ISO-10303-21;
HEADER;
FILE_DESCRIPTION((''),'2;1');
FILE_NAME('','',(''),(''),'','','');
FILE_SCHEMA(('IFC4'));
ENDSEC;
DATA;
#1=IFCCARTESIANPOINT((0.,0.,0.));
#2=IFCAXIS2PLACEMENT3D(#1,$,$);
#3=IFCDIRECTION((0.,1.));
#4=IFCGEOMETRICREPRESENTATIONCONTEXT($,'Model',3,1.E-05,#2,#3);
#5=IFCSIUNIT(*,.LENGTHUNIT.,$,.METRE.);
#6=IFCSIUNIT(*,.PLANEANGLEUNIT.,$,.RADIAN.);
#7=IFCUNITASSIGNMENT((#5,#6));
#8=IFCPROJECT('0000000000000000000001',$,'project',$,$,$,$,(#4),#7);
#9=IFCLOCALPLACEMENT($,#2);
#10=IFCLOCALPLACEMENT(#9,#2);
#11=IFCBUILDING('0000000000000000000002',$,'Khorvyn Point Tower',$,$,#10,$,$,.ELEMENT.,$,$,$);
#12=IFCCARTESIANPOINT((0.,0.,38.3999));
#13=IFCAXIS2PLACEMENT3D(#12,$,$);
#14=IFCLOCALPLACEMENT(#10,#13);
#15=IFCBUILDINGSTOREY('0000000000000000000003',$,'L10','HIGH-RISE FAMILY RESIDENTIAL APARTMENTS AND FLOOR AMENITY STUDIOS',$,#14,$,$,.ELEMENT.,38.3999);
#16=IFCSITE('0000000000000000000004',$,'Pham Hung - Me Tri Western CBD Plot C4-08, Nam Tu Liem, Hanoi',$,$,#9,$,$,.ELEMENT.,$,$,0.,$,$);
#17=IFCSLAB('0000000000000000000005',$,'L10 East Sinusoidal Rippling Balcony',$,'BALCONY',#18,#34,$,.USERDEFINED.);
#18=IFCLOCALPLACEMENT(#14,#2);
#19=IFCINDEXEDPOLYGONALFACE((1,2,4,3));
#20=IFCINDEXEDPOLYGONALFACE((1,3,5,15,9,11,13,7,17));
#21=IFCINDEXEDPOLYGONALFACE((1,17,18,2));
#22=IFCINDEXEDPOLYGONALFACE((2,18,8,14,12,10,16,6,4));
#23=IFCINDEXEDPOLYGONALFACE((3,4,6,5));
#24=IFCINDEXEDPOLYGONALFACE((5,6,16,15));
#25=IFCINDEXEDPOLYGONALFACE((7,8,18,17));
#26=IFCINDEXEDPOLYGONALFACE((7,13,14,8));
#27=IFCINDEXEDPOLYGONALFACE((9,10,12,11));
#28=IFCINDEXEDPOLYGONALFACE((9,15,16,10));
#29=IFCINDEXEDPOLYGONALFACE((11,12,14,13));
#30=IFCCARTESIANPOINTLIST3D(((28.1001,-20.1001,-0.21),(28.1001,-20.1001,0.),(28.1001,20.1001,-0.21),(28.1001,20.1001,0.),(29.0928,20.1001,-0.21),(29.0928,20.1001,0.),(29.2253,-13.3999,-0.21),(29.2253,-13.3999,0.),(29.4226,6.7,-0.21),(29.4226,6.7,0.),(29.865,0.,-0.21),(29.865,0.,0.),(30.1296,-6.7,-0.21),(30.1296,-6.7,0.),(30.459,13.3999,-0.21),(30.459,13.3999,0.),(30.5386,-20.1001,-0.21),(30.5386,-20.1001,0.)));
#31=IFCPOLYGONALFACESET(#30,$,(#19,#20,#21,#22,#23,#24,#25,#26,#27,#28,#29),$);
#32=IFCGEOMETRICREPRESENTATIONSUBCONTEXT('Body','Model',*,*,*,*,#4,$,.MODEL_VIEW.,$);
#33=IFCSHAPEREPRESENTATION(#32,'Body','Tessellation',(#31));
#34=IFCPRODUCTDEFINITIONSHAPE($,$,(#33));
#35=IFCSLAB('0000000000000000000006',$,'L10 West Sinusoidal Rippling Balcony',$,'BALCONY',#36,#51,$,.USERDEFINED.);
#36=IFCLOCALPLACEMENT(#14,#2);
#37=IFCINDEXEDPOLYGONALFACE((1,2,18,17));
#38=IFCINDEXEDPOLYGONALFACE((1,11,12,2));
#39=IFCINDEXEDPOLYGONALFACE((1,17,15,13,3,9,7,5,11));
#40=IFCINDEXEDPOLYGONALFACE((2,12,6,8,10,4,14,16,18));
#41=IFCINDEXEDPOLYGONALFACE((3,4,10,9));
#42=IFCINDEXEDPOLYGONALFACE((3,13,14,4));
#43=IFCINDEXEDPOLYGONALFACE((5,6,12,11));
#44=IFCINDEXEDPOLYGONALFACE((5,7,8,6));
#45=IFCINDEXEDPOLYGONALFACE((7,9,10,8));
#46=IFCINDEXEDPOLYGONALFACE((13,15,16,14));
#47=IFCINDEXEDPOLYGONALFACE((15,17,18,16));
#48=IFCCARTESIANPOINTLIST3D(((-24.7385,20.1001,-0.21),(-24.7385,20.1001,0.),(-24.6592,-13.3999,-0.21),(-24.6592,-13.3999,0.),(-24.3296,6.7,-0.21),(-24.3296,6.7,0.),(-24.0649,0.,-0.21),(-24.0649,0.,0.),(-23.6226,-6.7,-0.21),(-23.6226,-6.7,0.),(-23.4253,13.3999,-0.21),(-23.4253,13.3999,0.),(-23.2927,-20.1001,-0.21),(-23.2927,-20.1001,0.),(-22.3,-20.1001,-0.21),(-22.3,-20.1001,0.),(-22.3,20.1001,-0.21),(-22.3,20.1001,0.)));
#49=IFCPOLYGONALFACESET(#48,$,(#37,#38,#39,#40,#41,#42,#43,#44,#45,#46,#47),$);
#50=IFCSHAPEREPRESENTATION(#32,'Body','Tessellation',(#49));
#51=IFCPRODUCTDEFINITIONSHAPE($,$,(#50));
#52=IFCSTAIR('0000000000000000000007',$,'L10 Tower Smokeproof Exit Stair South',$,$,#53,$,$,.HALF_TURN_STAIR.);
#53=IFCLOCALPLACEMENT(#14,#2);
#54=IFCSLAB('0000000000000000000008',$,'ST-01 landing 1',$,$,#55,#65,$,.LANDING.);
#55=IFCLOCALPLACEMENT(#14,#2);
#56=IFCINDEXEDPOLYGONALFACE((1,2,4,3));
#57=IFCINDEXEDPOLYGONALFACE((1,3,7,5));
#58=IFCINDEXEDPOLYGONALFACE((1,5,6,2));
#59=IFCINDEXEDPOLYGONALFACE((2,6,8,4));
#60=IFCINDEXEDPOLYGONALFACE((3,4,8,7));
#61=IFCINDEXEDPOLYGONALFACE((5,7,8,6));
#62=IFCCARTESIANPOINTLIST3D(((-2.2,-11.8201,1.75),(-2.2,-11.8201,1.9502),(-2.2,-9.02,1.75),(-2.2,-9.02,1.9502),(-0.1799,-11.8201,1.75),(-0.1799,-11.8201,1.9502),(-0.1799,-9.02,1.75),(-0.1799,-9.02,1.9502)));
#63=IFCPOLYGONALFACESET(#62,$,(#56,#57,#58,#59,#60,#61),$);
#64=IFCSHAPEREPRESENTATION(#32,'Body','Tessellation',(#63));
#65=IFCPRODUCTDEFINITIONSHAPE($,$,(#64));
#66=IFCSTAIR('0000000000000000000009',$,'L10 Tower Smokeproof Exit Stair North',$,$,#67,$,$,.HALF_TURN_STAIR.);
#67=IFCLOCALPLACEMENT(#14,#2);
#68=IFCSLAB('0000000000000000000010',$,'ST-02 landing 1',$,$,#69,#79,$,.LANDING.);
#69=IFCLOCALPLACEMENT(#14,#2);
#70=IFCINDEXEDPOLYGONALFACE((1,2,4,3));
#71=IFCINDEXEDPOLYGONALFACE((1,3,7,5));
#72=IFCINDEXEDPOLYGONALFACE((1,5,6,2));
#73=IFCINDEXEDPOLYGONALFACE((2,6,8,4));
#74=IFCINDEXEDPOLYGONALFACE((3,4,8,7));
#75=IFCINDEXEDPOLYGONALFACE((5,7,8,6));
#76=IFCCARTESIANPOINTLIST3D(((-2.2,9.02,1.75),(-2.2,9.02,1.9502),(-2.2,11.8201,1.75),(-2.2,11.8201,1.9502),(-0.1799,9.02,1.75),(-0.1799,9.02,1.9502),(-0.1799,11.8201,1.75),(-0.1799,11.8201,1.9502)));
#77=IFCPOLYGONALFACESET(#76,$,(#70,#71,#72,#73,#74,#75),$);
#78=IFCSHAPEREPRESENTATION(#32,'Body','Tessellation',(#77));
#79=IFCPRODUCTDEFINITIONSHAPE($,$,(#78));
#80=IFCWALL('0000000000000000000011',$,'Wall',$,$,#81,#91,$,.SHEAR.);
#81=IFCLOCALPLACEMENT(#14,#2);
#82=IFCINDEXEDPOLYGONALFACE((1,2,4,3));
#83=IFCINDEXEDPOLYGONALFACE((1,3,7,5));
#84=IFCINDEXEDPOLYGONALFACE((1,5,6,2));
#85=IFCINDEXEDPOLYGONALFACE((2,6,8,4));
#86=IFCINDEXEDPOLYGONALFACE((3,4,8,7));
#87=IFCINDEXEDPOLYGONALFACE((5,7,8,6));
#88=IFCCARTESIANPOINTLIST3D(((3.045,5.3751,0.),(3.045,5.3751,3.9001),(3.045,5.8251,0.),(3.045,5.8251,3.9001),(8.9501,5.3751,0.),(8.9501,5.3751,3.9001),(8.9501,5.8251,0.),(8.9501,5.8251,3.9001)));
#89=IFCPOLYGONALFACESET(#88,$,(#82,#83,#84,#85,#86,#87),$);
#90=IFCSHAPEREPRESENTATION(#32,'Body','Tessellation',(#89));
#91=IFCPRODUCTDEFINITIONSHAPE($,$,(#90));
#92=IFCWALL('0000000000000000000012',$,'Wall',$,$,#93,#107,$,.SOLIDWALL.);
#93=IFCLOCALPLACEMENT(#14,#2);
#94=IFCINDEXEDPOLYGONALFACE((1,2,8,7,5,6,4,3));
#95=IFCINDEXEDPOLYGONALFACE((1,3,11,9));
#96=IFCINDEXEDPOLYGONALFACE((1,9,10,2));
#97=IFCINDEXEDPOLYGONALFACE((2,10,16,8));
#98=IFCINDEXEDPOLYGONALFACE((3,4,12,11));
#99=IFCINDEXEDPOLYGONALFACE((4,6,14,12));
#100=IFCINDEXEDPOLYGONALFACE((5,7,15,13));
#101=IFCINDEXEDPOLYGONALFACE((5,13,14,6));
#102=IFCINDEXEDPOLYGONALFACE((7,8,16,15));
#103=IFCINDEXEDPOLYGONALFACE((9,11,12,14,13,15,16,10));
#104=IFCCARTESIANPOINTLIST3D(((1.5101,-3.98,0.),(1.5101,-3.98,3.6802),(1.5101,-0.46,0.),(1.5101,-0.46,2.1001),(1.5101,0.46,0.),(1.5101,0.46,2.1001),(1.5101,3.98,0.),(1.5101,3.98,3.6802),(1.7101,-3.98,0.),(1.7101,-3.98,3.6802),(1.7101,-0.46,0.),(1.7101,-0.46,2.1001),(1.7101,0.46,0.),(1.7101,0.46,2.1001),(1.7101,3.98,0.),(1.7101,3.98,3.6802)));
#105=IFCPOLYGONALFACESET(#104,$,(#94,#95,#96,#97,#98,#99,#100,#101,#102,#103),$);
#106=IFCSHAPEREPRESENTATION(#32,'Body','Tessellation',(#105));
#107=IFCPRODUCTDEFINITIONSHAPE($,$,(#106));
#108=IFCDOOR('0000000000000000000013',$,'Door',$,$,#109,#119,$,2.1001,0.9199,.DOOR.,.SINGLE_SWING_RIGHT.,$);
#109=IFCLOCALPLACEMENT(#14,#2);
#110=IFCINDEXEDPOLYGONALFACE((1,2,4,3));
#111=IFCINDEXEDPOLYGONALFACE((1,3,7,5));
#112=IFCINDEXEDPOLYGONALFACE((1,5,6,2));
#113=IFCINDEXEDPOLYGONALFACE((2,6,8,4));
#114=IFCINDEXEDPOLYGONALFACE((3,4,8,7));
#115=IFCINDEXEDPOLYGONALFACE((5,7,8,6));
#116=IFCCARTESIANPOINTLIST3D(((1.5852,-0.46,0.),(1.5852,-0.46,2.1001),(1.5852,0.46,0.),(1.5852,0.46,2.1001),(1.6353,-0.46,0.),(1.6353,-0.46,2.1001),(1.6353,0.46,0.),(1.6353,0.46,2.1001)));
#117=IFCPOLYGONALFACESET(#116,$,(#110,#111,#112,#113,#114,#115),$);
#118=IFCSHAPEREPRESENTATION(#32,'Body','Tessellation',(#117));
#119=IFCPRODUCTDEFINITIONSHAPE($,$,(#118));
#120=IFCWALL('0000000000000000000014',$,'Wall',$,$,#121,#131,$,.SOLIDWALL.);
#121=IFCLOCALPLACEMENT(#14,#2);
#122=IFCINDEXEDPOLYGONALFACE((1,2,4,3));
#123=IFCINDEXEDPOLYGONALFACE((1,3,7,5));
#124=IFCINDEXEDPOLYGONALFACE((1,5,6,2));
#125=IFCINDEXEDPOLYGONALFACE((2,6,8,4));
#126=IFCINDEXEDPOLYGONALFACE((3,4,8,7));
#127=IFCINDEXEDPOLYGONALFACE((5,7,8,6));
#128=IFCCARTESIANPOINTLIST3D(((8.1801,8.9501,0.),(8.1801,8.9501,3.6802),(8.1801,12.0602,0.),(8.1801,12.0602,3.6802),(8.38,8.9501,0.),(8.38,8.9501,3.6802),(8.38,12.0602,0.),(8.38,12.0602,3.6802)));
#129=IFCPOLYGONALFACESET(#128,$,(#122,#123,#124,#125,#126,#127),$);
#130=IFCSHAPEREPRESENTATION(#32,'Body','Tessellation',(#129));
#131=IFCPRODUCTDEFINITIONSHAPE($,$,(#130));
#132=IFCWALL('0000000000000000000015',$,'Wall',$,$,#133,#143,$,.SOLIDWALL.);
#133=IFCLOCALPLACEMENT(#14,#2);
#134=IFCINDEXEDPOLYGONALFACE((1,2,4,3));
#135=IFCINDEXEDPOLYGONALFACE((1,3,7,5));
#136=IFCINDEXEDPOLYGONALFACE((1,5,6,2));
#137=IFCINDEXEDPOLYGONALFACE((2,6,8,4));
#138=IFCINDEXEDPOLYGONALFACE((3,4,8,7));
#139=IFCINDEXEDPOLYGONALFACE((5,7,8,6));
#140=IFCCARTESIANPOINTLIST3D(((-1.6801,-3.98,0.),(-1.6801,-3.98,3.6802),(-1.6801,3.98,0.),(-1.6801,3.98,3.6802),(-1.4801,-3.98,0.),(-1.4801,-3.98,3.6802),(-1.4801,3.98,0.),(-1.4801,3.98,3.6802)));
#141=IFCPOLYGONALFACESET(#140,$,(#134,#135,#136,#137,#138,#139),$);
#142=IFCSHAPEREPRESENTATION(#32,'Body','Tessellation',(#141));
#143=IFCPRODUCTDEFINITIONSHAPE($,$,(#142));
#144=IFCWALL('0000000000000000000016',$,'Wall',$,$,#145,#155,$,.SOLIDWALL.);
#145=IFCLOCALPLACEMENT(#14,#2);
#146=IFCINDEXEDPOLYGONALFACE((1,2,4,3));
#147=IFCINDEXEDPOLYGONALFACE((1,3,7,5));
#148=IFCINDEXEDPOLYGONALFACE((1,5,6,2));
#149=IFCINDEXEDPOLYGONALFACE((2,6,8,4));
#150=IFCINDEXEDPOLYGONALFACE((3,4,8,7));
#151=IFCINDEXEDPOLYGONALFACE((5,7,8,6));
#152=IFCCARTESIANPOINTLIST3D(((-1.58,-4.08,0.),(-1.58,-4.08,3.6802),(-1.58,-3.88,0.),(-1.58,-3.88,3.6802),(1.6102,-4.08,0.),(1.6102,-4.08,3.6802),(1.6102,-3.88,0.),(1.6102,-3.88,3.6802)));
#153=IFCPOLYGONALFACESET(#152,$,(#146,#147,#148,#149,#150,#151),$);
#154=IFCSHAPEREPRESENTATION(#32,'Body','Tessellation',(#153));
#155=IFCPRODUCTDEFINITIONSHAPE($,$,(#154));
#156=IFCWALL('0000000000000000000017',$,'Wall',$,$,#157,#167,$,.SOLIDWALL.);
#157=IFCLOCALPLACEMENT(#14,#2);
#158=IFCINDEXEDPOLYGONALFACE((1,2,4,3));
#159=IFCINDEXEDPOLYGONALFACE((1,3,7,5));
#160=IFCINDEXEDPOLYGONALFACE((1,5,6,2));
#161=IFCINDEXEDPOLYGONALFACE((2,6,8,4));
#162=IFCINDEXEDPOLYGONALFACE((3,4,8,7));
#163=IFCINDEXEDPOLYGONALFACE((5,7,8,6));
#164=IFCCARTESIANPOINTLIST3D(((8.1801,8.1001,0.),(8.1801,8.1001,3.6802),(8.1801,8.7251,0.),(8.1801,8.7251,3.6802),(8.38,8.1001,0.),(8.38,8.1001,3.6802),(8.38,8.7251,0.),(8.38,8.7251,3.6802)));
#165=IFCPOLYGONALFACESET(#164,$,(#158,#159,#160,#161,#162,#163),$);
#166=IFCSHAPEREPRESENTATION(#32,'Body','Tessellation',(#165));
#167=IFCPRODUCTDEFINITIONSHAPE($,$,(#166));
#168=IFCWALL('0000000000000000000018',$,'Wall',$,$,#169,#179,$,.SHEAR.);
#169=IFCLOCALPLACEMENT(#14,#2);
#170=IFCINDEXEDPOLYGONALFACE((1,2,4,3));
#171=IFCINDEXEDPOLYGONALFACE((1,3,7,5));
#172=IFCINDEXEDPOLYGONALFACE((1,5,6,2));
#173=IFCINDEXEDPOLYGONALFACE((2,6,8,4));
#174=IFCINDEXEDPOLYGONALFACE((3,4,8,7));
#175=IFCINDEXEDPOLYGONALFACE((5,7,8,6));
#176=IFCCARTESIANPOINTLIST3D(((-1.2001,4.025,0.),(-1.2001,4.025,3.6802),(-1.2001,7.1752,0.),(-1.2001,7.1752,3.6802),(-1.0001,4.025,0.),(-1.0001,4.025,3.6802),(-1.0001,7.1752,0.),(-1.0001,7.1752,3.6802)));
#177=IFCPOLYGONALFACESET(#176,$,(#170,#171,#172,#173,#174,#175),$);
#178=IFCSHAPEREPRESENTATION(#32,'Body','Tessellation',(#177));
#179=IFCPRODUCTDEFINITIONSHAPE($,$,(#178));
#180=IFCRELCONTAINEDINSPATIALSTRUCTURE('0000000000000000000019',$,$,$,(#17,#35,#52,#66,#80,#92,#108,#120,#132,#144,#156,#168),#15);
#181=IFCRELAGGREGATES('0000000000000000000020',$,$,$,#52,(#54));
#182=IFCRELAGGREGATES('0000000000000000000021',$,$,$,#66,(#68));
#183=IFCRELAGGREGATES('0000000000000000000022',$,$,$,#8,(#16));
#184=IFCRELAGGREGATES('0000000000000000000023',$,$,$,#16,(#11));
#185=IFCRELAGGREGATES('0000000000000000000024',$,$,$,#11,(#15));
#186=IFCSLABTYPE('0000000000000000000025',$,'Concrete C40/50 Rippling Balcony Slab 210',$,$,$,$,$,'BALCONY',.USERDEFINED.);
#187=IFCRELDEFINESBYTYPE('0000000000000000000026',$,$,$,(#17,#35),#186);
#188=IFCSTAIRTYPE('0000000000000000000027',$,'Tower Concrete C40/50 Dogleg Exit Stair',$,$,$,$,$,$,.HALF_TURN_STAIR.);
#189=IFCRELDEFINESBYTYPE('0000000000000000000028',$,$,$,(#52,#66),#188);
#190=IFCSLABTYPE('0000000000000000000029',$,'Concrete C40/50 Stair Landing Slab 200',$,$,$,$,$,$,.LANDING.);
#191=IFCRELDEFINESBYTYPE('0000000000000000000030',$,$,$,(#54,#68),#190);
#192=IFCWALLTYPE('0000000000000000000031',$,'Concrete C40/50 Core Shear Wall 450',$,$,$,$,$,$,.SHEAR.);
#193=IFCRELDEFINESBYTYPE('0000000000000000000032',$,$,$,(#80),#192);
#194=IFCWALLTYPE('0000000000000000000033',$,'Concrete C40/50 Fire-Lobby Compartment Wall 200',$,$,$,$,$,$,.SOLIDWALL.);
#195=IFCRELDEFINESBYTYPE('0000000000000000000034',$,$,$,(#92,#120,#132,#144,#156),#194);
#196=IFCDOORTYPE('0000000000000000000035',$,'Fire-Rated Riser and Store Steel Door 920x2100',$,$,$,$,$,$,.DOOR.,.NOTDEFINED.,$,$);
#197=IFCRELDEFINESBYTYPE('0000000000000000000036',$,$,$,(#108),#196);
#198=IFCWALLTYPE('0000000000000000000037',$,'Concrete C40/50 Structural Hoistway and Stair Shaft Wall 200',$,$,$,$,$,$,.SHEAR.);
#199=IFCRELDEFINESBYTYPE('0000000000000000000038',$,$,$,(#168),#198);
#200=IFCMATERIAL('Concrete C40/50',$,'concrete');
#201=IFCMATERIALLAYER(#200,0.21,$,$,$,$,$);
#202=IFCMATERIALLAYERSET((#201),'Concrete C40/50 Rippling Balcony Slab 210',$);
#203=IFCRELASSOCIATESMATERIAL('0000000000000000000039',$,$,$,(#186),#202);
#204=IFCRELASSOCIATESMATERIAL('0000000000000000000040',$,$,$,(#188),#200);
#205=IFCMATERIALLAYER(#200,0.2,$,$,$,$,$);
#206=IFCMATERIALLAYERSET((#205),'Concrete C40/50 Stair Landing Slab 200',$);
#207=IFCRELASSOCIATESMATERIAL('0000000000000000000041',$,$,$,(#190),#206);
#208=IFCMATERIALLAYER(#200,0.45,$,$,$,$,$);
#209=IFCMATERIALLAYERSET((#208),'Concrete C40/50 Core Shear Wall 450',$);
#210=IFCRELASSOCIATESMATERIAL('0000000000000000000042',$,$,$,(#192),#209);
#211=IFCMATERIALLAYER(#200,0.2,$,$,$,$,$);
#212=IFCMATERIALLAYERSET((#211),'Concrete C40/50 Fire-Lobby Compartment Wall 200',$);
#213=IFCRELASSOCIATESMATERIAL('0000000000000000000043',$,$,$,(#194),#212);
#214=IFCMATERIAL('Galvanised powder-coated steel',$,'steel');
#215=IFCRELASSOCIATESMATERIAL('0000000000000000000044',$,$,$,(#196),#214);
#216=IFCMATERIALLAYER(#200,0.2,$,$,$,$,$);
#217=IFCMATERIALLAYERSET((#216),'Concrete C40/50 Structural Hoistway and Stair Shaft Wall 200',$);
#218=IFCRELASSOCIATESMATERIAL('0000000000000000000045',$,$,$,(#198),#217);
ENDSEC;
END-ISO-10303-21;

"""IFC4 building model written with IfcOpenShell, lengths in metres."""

from ifc_helpers import new_model, si_unit, direction, frame, frame_2d, origin, place, context, subcontext, project, spatial, polyline, rectangle, outline, extrude, material, layer, layer_set, type_object, element, fill, aggregate, save


model = new_model("IFC4")

# Units and contexts
model_context = context("Model", 3, precision=1e-05, world=origin(), true_north=direction((0.0, 1.0)))
body_context = subcontext(model_context, "Body", "Model", "MODEL_VIEW")
ifc_project = project(units=[si_unit("LENGTHUNIT", "METRE"), si_unit("PLANEANGLEUNIT", "RADIAN")], contexts=[model_context])

# Site, building, storey
site_placement = place(None, origin())
site = spatial("IfcSite", under=ifc_project, at=site_placement, Name="Pham Hung - Me Tri Western CBD Plot C4-08, Nam Tu Liem, Hanoi", CompositionType="ELEMENT", RefElevation=0.0)
building_placement = place(site_placement, origin())
building = spatial("IfcBuilding", under=site, at=building_placement, Name="Khorvyn Point Tower", CompositionType="ELEMENT")
storey_placement = place(building_placement, frame((0.0, 0.0, 38.3999)))
storey = spatial("IfcBuildingStorey", under=building, at=storey_placement, Name="L10", Description="HIGH-RISE FAMILY RESIDENTIAL APARTMENTS AND FLOOR AMENITY STUDIOS", CompositionType="ELEMENT", Elevation=38.3999)

# Shared definitions
ifc_material_1 = material(Name="Concrete C40/50", Category="concrete")

# Slabs
ifc_layer_1 = layer(ifc_material_1, 0.21)
ifc_layer_set_1 = layer_set([ifc_layer_1], Name="Concrete C40/50 Rippling Balcony Slab 210")
slab_type_1 = type_object("IfcSlabType", Name="Concrete C40/50 Rippling Balcony Slab 210", ElementType="BALCONY", PredefinedType="USERDEFINED", material=ifc_layer_set_1)
slab_1_placement = place(storey_placement, frame((0.0, 0.0, -0.21)))
element("IfcSlab", 1, at=slab_1_placement, inside=storey, type_object=slab_type_1, Name="L10 East Sinusoidal Rippling Balcony", ObjectType="BALCONY", PredefinedType="USERDEFINED", context=body_context, shape_type="SweptSolid", body=[
    extrude(outline(polyline([(28.1001, -20.1001), (30.5386, -20.1001), (29.2253, -13.3999), (30.1296, -6.7), (29.865, 0.0), (29.4226, 6.7), (30.459, 13.3999), (29.0928, 20.1001), (28.1001, 20.1001), (28.1001, -20.1001)])), origin(), (0.0, 0.0, 1.0), 0.21),
])
slab_2_placement = place(storey_placement, frame((0.0, 0.0, -0.21)))
element("IfcSlab", 2, at=slab_2_placement, inside=storey, type_object=slab_type_1, Name="L10 West Sinusoidal Rippling Balcony", ObjectType="BALCONY", PredefinedType="USERDEFINED", context=body_context, shape_type="SweptSolid", body=[
    extrude(outline(polyline([(-22.3, 20.1001), (-24.7385, 20.1001), (-23.4253, 13.3999), (-24.3296, 6.7), (-24.0649, 0.0), (-23.6226, -6.7), (-24.6592, -13.3999), (-23.2927, -20.1001), (-22.3, -20.1001), (-22.3, 20.1001)])), origin(), (0.0, 0.0, 1.0), 0.21),
])

# Stairs, slabs
stair_type = type_object("IfcStairType", Name="Tower Concrete C40/50 Dogleg Exit Stair", PredefinedType="HALF_TURN_STAIR", material=ifc_material_1)
stair_1_placement = place(storey_placement, origin())
stair_1 = element("IfcStair", 3, at=stair_1_placement, inside=storey, type_object=stair_type, Name="L10 Tower Smokeproof Exit Stair South", PredefinedType="HALF_TURN_STAIR")
ifc_layer_2 = layer(ifc_material_1, 0.2)
ifc_layer_set_2 = layer_set([ifc_layer_2], Name="Concrete C40/50 Stair Landing Slab 200")
slab_type_2 = type_object("IfcSlabType", Name="Concrete C40/50 Stair Landing Slab 200", PredefinedType="LANDING", material=ifc_layer_set_2)
slab_3_placement = place(storey_placement, frame((0.0, 0.0, 1.75)))
slab_3 = element("IfcSlab", 4, at=slab_3_placement, type_object=slab_type_2, Name="ST-01 landing 1", PredefinedType="LANDING", context=body_context, shape_type="SweptSolid", body=[
    extrude(outline(polyline([(-0.1799, -9.02), (-2.2, -9.02), (-2.2, -11.8201), (-0.1799, -11.8201), (-0.1799, -9.02)])), origin(), (0.0, 0.0, 1.0), 0.2002),
])
aggregate(stair_1, [slab_3])
stair_2_placement = place(storey_placement, origin())
stair_2 = element("IfcStair", 5, at=stair_2_placement, inside=storey, type_object=stair_type, Name="L10 Tower Smokeproof Exit Stair North", PredefinedType="HALF_TURN_STAIR")
slab_4_placement = place(storey_placement, frame((0.0, 0.0, 1.75)))
slab_4 = element("IfcSlab", 6, at=slab_4_placement, type_object=slab_type_2, Name="ST-02 landing 1", PredefinedType="LANDING", context=body_context, shape_type="SweptSolid", body=[
    extrude(outline(polyline([(-0.1799, 11.8201), (-2.2, 11.8201), (-2.2, 9.02), (-0.1799, 9.02), (-0.1799, 11.8201)])), origin(), (0.0, 0.0, 1.0), 0.2002),
])

# Wall
ifc_layer_3 = layer(ifc_material_1, 0.45)
ifc_layer_set_3 = layer_set([ifc_layer_3], Name="Concrete C40/50 Core Shear Wall 450")
wall_type_1 = type_object("IfcWallType", Name="Concrete C40/50 Core Shear Wall 450", PredefinedType="SHEAR", material=ifc_layer_set_3)
wall_1_placement = place(storey_placement, frame((3.0449, 5.6001, 0.0), z_axis=(0.0, 0.0, 1.0), x_axis=(1.0, 0.0, 0.0)))
element("IfcWall", 7, at=wall_1_placement, inside=storey, type_object=wall_type_1, Name="Wall", PredefinedType="SHEAR", context=body_context, shape_type="SweptSolid", body=[
    extrude(rectangle(XDim=5.905, YDim=0.45, at=frame_2d((2.9526, 0.0))), origin(), (0.0, 0.0, 1.0), 3.9001),
])

# Wall, opening, door
ifc_layer_4 = layer(ifc_material_1, 0.2)
ifc_layer_set_4 = layer_set([ifc_layer_4], Name="Concrete C40/50 Fire-Lobby Compartment Wall 200")
wall_type_2 = type_object("IfcWallType", Name="Concrete C40/50 Fire-Lobby Compartment Wall 200", PredefinedType="SOLIDWALL", material=ifc_layer_set_4)
wall_2_placement = place(storey_placement, frame((1.6101, -3.98, 0.0), z_axis=(0.0, 0.0, 1.0), x_axis=(0.0, 1.0, 0.0)))
wall_2 = element("IfcWall", 8, at=wall_2_placement, inside=storey, type_object=wall_type_2, Name="Wall", PredefinedType="SOLIDWALL", context=body_context, shape_type="SweptSolid", body=[
    extrude(rectangle(XDim=7.96, YDim=0.2, at=frame_2d((3.98, 0.0))), origin(), (0.0, 0.0, 1.0), 3.6802),
])
opening_1_placement = place(wall_2_placement, frame((3.52, 0.0, 0.0)))
opening_1 = element("IfcOpeningElement", 9, at=opening_1_placement, cuts=wall_2, PredefinedType="OPENING", context=body_context, shape_type="SweptSolid", body=[
    extrude(rectangle(XDim=0.9199, YDim=2.1001, at=frame_2d((0.46, 1.05))), frame((0.0, 0.1099, 0.0), z_axis=(0.0, -1.0, 0.0), x_axis=(1.0, 0.0, 0.0)), (0.0, 0.0, 1.0), 0.22),
])
ifc_material_2 = material(Name="Galvanised powder-coated steel", Category="steel")
door_type_1 = type_object("IfcDoorType", Name="Fire-Rated Riser and Store Steel Door 920x2100", OperationType="NOTDEFINED", PredefinedType="DOOR", material=ifc_material_2)
door_1_placement = place(opening_1_placement, origin())
door_1 = element("IfcDoor", 10, at=door_1_placement, inside=storey, type_object=door_type_1, Name="Door", OperationType="SINGLE_SWING_RIGHT", OverallHeight=2.1001, OverallWidth=0.9199, PredefinedType="DOOR", context=body_context, shape_type="SweptSolid", body=[
    extrude(rectangle(XDim=0.9199, YDim=2.1001, at=frame_2d((0.46, 1.05))), frame((0.0, 0.0249, 0.0), z_axis=(0.0, -1.0, 0.0), x_axis=(1.0, 0.0, 0.0)), (0.0, 0.0, 1.0), 0.05),
])
fill(opening_1, door_1)

# Walls
wall_3_placement = place(storey_placement, frame((8.28, 8.95, 0.0), z_axis=(0.0, 0.0, 1.0), x_axis=(0.0, 1.0, 0.0)))
element("IfcWall", 11, at=wall_3_placement, inside=storey, type_object=wall_type_2, Name="Wall", PredefinedType="SOLIDWALL", context=body_context, shape_type="SweptSolid", body=[
    extrude(rectangle(XDim=3.1101, YDim=0.2, at=frame_2d((1.5552, 0.0))), origin(), (0.0, 0.0, 1.0), 3.6802),
])
wall_4_placement = place(storey_placement, frame((-1.5801, -3.98, 0.0), z_axis=(0.0, 0.0, 1.0), x_axis=(0.0, 1.0, 0.0)))
element("IfcWall", 12, at=wall_4_placement, inside=storey, type_object=wall_type_2, Name="Wall", PredefinedType="SOLIDWALL", context=body_context, shape_type="SweptSolid", body=[
    extrude(rectangle(XDim=7.96, YDim=0.2, at=frame_2d((3.98, 0.0))), origin(), (0.0, 0.0, 1.0), 3.6802),
])
wall_5_placement = place(storey_placement, frame((-1.5801, -3.98, 0.0), z_axis=(0.0, 0.0, 1.0), x_axis=(1.0, 0.0, 0.0)))
element("IfcWall", 13, at=wall_5_placement, inside=storey, type_object=wall_type_2, Name="Wall", PredefinedType="SOLIDWALL", context=body_context, shape_type="SweptSolid", body=[
    extrude(rectangle(XDim=3.1902, YDim=0.2, at=frame_2d((1.5952, 0.0))), origin(), (0.0, 0.0, 1.0), 3.6802),
])
wall_6_placement = place(storey_placement, frame((8.28, 8.1001, 0.0), z_axis=(0.0, 0.0, 1.0), x_axis=(0.0, 1.0, 0.0)))
element("IfcWall", 14, at=wall_6_placement, inside=storey, type_object=wall_type_2, Name="Wall", PredefinedType="SOLIDWALL", context=body_context, shape_type="SweptSolid", body=[
    extrude(rectangle(XDim=0.625, YDim=0.2, at=frame_2d((0.3125, 0.0))), origin(), (0.0, 0.0, 1.0), 3.6802),
])
ifc_layer_5 = layer(ifc_material_1, 0.2)
ifc_layer_set_5 = layer_set([ifc_layer_5], Name="Concrete C40/50 Structural Hoistway and Stair Shaft Wall 200")
wall_type_3 = type_object("IfcWallType", Name="Concrete C40/50 Structural Hoistway and Stair Shaft Wall 200", PredefinedType="SHEAR", material=ifc_layer_set_5)
wall_7_placement = place(storey_placement, frame((-1.1001, 4.0249, 0.0), z_axis=(0.0, 0.0, 1.0), x_axis=(0.0, 1.0, 0.0)))
element("IfcWall", 15, at=wall_7_placement, inside=storey, type_object=wall_type_3, Name="Wall", PredefinedType="SHEAR", context=body_context, shape_type="SweptSolid", body=[
    extrude(rectangle(XDim=3.1501, YDim=0.2, at=frame_2d((1.5752, 0.0))), origin(), (0.0, 0.0, 1.0), 3.6802),
])

aggregate(stair_2, [slab_4])

save(model, "model.ifc")
